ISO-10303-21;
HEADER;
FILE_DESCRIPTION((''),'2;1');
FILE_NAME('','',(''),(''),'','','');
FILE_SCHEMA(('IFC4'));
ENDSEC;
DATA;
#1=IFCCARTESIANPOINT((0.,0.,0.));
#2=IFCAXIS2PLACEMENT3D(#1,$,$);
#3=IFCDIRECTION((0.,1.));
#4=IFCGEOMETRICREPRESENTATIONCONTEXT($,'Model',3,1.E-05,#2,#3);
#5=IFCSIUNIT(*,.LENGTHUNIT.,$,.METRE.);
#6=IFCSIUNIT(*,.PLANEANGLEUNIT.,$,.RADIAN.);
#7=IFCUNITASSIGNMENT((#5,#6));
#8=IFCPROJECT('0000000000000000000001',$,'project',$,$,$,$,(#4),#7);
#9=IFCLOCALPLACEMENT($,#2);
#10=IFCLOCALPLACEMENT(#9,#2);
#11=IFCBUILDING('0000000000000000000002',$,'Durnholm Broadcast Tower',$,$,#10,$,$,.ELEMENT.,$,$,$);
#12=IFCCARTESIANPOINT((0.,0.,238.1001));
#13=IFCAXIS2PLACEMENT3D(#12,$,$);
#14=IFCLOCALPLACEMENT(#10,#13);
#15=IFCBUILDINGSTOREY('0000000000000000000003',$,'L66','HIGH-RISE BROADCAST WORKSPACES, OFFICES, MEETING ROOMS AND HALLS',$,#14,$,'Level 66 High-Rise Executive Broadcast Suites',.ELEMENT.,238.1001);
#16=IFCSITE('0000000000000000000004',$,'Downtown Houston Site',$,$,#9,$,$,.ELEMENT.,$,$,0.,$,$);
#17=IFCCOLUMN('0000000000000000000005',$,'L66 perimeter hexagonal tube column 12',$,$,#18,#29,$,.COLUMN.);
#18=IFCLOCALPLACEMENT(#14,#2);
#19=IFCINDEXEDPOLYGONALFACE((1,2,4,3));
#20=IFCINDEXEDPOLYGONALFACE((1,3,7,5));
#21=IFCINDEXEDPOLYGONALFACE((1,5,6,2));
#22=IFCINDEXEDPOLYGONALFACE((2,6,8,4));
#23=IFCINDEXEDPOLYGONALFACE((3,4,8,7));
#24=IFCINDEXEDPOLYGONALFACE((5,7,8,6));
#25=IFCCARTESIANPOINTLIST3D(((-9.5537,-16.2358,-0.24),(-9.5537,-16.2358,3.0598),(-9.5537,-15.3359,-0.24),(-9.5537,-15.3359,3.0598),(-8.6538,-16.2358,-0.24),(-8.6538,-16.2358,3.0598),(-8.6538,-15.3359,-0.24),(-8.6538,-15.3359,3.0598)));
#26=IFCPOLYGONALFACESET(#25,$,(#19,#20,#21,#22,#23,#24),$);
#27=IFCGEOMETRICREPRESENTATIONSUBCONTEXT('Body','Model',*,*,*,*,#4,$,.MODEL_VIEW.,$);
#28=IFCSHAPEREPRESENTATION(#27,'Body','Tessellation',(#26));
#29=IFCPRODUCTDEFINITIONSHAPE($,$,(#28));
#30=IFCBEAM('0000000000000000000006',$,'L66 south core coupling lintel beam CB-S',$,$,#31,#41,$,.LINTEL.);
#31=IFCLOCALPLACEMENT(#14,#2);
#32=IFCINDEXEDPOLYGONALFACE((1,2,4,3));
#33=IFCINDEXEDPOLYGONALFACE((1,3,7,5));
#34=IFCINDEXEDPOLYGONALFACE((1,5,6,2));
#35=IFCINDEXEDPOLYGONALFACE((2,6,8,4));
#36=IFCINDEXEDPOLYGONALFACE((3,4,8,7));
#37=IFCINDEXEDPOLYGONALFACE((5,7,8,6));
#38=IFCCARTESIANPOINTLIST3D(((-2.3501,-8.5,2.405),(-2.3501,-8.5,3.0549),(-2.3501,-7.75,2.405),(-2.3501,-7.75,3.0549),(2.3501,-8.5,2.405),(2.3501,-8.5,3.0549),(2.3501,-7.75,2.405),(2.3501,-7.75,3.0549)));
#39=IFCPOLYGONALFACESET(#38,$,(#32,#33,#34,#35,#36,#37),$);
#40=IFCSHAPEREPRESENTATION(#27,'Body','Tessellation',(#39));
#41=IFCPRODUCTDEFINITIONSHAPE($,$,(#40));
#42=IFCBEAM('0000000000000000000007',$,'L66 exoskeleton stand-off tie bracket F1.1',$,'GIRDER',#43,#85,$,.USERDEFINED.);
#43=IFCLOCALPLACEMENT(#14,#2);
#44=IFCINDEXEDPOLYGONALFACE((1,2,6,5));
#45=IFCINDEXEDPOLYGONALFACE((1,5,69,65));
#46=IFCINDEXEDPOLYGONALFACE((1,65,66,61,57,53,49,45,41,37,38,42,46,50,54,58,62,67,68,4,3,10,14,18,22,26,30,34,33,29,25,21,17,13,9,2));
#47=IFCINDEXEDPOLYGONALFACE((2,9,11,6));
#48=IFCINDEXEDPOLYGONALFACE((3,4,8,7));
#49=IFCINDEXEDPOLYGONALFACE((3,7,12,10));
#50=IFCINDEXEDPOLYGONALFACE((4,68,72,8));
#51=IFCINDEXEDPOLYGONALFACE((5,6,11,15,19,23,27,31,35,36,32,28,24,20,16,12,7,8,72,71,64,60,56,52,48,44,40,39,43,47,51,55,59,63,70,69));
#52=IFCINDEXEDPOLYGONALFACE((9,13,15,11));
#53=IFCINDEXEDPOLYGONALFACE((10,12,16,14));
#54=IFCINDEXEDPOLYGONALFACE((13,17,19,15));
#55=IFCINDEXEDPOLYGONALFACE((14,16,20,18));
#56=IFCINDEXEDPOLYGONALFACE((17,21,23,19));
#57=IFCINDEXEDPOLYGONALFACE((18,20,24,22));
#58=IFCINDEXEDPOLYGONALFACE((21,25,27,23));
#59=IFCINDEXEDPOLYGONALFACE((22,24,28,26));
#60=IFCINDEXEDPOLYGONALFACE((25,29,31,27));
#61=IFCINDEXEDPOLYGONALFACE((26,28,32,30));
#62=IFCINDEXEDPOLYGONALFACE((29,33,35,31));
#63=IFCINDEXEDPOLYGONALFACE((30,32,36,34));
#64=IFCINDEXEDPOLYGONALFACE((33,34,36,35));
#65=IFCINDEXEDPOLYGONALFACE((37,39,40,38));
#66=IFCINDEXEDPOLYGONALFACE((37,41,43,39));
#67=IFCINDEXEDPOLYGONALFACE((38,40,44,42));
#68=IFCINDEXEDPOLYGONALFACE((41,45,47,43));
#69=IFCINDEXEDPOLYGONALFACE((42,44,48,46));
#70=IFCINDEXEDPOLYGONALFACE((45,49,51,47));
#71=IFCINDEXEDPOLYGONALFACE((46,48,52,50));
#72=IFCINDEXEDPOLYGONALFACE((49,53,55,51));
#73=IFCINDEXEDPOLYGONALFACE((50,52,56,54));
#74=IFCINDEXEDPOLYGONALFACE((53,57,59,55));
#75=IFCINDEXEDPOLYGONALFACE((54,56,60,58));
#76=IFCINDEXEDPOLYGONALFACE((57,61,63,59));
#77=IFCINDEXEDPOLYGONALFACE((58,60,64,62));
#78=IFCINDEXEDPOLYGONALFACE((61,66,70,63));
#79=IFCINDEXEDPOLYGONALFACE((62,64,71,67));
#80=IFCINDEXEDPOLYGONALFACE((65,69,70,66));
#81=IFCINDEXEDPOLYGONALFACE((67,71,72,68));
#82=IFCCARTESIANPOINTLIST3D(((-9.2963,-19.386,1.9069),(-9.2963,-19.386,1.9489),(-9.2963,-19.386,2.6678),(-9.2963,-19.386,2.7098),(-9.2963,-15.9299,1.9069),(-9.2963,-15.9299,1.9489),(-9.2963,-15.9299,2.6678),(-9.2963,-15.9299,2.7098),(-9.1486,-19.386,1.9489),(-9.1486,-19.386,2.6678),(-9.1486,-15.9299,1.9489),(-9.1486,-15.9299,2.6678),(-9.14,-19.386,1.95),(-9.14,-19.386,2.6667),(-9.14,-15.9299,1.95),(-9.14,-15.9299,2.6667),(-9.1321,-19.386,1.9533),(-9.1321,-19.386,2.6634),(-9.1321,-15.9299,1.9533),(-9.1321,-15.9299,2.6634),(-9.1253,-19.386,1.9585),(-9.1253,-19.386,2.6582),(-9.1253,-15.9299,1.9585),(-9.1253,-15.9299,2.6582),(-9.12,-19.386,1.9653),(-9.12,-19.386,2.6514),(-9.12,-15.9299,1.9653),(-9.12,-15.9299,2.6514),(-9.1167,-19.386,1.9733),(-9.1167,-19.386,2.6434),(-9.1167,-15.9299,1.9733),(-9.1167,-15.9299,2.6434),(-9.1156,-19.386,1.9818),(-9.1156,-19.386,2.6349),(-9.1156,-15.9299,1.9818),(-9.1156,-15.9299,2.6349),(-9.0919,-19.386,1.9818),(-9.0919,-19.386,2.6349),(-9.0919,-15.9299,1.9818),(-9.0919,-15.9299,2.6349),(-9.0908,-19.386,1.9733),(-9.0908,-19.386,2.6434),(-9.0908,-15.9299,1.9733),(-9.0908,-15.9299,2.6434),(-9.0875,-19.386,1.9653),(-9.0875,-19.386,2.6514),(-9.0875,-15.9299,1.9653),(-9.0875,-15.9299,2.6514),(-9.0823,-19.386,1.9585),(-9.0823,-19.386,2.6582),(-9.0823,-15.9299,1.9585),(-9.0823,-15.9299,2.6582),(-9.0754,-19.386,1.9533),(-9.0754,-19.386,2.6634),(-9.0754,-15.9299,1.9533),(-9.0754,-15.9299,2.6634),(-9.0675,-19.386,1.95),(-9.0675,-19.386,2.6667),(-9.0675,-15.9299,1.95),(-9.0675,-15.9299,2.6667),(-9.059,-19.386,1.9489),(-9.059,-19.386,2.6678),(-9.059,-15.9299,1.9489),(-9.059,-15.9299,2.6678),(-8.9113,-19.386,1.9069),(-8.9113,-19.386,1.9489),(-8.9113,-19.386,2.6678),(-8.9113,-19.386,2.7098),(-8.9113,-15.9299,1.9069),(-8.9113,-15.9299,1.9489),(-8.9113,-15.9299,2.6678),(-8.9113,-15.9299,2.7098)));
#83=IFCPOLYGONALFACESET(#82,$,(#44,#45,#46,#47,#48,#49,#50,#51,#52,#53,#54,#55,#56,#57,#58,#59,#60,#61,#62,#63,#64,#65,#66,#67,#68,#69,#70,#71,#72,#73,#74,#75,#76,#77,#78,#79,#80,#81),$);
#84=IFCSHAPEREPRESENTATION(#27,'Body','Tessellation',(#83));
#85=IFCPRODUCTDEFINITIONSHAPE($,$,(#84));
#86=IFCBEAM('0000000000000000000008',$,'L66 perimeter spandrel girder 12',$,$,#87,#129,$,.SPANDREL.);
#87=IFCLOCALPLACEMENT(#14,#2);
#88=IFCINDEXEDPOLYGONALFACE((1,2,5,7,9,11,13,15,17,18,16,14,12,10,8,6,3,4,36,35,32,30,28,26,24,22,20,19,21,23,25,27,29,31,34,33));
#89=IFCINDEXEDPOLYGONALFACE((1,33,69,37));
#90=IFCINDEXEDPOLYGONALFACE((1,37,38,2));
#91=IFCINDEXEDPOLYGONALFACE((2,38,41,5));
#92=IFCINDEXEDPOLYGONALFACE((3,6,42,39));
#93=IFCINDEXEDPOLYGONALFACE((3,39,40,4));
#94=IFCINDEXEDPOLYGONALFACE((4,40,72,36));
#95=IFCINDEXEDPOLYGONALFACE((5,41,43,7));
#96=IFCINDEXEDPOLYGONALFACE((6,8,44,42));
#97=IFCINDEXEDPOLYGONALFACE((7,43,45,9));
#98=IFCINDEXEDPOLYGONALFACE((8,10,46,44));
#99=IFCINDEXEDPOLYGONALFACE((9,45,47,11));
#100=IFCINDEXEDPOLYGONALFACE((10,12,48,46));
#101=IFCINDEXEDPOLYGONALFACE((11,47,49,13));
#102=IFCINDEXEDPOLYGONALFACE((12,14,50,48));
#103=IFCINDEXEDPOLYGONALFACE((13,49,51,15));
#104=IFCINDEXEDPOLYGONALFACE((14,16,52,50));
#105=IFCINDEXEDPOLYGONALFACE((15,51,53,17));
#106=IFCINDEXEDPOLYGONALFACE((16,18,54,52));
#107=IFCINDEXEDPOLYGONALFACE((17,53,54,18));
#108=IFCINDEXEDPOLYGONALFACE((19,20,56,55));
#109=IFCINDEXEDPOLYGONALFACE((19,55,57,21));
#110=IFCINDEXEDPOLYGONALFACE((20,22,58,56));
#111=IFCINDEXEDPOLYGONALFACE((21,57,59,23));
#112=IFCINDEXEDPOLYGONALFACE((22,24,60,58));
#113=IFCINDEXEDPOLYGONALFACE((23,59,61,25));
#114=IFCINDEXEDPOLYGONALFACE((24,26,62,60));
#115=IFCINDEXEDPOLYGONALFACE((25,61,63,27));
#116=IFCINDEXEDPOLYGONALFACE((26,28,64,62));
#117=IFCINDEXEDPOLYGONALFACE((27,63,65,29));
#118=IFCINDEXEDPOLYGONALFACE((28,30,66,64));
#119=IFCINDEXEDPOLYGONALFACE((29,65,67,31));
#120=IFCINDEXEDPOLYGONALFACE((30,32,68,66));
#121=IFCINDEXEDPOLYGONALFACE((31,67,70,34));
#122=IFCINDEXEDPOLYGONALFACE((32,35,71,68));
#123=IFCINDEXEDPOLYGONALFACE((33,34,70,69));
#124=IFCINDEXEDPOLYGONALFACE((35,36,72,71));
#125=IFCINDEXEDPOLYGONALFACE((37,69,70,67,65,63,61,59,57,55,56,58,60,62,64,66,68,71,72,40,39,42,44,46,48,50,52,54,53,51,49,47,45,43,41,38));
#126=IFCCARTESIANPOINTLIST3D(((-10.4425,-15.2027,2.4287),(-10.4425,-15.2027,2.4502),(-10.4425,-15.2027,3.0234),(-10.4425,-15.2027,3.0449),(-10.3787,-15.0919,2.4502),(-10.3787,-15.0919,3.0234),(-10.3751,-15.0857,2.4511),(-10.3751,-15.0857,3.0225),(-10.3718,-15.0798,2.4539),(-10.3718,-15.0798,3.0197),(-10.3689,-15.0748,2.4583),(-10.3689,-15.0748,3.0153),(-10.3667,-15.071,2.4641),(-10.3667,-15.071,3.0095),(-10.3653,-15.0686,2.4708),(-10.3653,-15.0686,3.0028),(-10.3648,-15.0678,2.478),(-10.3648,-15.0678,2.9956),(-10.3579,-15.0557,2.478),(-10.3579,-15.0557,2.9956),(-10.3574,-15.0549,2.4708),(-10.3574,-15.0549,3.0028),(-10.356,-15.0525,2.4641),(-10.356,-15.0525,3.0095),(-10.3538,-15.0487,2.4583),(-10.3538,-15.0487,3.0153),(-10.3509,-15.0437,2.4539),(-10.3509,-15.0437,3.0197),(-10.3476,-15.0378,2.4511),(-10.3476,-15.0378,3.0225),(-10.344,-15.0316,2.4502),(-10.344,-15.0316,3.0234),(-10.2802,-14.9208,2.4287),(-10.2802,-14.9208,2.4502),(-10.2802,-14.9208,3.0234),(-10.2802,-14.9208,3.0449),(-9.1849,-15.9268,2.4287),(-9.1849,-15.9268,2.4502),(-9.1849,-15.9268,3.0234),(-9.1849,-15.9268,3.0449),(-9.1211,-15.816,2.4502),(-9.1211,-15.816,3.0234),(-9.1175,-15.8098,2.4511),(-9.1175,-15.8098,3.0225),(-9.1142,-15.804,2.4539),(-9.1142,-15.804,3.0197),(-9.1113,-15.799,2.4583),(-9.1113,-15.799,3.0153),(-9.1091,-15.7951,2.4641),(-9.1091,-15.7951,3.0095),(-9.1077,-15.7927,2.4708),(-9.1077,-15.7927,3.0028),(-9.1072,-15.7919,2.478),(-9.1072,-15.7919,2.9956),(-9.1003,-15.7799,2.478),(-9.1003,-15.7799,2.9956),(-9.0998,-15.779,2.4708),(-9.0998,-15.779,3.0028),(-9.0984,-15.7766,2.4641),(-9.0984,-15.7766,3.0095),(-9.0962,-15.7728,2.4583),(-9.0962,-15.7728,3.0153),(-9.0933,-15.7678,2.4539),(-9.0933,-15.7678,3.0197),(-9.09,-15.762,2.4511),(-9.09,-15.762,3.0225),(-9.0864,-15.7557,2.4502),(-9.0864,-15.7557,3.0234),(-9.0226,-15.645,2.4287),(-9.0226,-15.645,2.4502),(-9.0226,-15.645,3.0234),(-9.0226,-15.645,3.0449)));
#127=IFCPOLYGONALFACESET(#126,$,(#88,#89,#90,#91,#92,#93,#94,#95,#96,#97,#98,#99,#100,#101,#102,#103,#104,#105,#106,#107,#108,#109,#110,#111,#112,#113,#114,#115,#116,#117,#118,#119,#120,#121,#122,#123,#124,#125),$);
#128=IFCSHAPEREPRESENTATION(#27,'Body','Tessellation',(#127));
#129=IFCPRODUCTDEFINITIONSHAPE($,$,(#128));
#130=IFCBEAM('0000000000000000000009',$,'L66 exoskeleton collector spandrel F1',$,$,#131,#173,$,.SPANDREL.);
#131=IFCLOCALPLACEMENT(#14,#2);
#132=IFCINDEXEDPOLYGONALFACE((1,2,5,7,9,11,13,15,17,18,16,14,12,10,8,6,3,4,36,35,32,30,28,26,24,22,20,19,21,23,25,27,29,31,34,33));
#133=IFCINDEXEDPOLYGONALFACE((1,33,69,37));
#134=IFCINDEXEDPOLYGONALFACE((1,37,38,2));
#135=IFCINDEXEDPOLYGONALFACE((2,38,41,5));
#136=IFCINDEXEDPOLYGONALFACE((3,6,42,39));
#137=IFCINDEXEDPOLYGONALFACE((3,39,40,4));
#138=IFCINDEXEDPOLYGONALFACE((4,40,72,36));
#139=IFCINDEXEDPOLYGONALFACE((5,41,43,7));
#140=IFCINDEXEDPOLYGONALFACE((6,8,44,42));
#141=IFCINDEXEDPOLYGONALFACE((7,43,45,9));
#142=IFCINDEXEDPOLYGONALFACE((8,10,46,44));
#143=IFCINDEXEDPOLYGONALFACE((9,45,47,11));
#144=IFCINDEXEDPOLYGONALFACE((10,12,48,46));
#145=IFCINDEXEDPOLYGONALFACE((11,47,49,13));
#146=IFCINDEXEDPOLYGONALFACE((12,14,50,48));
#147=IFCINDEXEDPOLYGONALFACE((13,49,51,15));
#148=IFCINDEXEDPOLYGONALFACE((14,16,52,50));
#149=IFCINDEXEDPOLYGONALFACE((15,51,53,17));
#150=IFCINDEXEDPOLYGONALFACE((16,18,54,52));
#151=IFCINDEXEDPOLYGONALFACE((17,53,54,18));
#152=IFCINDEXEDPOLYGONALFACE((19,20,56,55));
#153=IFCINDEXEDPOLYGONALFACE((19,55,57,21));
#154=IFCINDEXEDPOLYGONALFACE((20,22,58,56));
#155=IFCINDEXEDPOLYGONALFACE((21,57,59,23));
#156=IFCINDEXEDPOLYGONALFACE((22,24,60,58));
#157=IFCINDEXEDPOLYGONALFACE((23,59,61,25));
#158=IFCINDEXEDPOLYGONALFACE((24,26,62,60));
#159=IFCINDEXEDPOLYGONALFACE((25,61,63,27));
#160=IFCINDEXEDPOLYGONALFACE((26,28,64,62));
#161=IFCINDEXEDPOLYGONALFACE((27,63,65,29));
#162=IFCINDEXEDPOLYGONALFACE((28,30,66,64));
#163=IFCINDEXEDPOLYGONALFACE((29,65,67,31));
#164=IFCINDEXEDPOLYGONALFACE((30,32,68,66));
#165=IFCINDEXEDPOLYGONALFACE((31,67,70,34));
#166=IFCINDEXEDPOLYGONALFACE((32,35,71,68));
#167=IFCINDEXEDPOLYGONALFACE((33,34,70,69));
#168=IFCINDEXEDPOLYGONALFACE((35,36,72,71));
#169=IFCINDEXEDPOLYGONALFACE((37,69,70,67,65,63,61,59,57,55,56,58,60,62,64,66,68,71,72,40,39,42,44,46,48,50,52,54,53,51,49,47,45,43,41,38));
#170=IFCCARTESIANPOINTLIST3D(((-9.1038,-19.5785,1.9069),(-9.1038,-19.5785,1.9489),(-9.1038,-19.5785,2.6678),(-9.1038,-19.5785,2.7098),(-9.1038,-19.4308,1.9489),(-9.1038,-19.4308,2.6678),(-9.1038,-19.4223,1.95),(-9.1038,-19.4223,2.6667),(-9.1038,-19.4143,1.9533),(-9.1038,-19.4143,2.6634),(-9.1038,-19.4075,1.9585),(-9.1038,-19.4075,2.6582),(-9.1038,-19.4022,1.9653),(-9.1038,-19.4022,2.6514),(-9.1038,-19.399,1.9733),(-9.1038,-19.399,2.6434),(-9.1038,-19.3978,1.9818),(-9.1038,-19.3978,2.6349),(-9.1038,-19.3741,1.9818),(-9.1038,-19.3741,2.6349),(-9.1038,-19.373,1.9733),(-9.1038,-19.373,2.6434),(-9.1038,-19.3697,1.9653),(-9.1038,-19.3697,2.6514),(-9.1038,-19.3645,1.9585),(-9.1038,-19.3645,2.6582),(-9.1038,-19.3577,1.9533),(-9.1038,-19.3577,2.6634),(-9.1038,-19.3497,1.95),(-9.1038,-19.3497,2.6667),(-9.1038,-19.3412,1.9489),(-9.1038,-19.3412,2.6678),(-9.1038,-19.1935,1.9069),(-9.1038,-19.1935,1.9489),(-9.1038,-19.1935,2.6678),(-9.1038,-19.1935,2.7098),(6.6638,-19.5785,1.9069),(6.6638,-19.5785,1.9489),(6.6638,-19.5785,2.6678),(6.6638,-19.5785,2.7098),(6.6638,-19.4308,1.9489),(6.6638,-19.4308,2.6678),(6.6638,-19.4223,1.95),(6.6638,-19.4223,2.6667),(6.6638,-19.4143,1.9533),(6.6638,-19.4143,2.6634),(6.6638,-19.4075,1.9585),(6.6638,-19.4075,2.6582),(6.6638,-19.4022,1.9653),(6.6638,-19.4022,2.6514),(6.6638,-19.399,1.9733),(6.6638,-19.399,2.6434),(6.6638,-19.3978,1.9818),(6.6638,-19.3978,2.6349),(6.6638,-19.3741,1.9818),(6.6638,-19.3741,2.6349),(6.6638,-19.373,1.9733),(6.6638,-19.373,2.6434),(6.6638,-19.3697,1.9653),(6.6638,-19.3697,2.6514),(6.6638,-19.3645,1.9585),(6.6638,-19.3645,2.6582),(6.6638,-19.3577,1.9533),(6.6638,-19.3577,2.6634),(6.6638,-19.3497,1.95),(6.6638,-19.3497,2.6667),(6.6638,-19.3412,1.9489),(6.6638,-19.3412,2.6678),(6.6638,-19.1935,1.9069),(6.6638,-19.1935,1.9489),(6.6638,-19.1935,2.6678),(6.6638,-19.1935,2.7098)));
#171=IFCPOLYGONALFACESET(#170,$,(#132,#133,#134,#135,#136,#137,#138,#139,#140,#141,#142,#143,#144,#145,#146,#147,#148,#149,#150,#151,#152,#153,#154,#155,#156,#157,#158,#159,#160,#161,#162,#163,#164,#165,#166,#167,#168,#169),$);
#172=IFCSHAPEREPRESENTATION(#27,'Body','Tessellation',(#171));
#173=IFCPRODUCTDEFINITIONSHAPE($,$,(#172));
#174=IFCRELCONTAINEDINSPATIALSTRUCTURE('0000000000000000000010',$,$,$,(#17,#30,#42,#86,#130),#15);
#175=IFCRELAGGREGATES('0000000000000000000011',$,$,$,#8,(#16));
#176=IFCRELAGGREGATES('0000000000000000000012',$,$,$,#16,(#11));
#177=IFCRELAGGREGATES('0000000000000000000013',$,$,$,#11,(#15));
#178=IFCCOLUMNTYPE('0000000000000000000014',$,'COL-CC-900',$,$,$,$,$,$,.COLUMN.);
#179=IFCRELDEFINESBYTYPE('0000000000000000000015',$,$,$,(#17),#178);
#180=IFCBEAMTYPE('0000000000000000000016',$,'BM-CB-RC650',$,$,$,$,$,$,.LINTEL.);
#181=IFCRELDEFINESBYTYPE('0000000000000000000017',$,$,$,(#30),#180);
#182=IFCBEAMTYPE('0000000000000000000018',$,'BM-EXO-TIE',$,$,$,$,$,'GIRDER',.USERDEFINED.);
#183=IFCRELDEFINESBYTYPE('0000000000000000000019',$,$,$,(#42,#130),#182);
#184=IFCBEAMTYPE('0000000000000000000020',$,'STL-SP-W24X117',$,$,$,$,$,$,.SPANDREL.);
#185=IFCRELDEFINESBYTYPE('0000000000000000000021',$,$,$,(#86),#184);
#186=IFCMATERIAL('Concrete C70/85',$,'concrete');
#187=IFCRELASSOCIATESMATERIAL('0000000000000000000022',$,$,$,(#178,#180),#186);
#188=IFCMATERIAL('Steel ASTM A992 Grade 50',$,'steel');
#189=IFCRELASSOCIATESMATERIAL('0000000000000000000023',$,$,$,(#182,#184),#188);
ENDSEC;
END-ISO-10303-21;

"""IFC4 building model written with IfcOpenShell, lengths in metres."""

from ifc_helpers import new_model, si_unit, direction, frame, origin, origin_2d, place, context, subcontext, project, spatial, rectangle, i_section, extrude, source, transform, mapped, material, material_profile, profile_set, type_object, type_shapes, element, save


model = new_model("IFC4")

# Units and contexts
model_context = context("Model", 3, precision=1e-05, world=origin(), true_north=direction((0.0, 1.0)))
body_context = subcontext(model_context, "Body", "Model", "MODEL_VIEW")
ifc_project = project(units=[si_unit("LENGTHUNIT", "METRE"), si_unit("PLANEANGLEUNIT", "RADIAN")], contexts=[model_context])

# Site, building, storey
site_placement = place(None, origin())
site = spatial("IfcSite", under=ifc_project, at=site_placement, Name="Downtown Houston Site", CompositionType="ELEMENT", RefElevation=0.0)
building_placement = place(site_placement, origin())
building = spatial("IfcBuilding", under=site, at=building_placement, Name="Durnholm Broadcast Tower", CompositionType="ELEMENT")
storey_placement = place(building_placement, frame((0.0, 0.0, 238.1001)))
storey = spatial("IfcBuildingStorey", under=building, at=storey_placement, Name="L66", Description="HIGH-RISE BROADCAST WORKSPACES, OFFICES, MEETING ROOMS AND HALLS", LongName="Level 66 High-Rise Executive Broadcast Suites", CompositionType="ELEMENT", Elevation=238.1001)

# Column
ifc_material_1 = material(Name="Concrete C70/85", Category="concrete")
ifc_material_profile_1 = material_profile(ifc_material_1, rectangle(XDim=0.8999, YDim=0.8999, at=origin_2d()), Name="RC900X900")
ifc_profile_set_1 = profile_set([ifc_material_profile_1], Name="Concrete C70/85")
column_type = type_object("IfcColumnType", Name="COL-CC-900", PredefinedType="COLUMN", material=ifc_profile_set_1)
shared_shape_1 = source(origin(), body_context, "Body", "SweptSolid", [
    extrude(rectangle(XDim=0.8999, YDim=0.8999, at=origin_2d()), origin(), (0.0, 0.0, 1.0), 3.2998),
])
type_shapes(column_type, [shared_shape_1])
column_placement = place(storey_placement, frame((-9.1038, -15.7859, -0.24), z_axis=(0.0, 0.0, 1.0), x_axis=(1.0, 0.0, 0.0)))
element("IfcColumn", 1, at=column_placement, inside=storey, type_object=column_type, Name="L66 perimeter hexagonal tube column 12", PredefinedType="COLUMN", context=body_context, shape_type="MappedRepresentation", body=[
    mapped(shared_shape_1, transform((0.0, 0.0, 0.0), x_axis=(1.0, 0.0, 0.0), y_axis=(0.0, 1.0, 0.0), z_axis=(0.0, 0.0, 1.0), scale=1.0)),
])

# Beams
ifc_material_profile_2 = material_profile(ifc_material_1, rectangle(XDim=0.75, YDim=0.6499, at=origin_2d()), Name="RC750X650")
ifc_profile_set_2 = profile_set([ifc_material_profile_2], Name="Concrete C70/85")
beam_type_1 = type_object("IfcBeamType", Name="BM-CB-RC650", PredefinedType="LINTEL", material=ifc_profile_set_2)
shared_shape_2 = source(origin(), body_context, "Body", "SweptSolid", [
    extrude(rectangle(XDim=0.75, YDim=0.6499, at=origin_2d()), origin(), (0.0, 0.0, 1.0), 4.7002),
])
type_shapes(beam_type_1, [shared_shape_2])
beam_1_placement = place(storey_placement, frame((-2.3501, -8.125, 2.73), z_axis=(1.0, 0.0, 0.0), x_axis=(0.0, 1.0, 0.0)))
element("IfcBeam", 2, at=beam_1_placement, inside=storey, type_object=beam_type_1, Name="L66 south core coupling lintel beam CB-S", PredefinedType="LINTEL", context=body_context, shape_type="MappedRepresentation", body=[
    mapped(shared_shape_2, transform((0.0, 0.0, 0.0), x_axis=(1.0, 0.0, 0.0), y_axis=(0.0, 1.0, 0.0), z_axis=(0.0, 0.0, 1.0), scale=1.0)),
])
ifc_material_2 = material(Name="Steel ASTM A992 Grade 50", Category="steel")
ifc_material_profile_3 = material_profile(ifc_material_2, i_section(OverallWidth=0.385, OverallDepth=0.803, WebThickness=0.0237, FlangeThickness=0.042, FilletRadius=0.033, at=origin_2d()), Name="W30X261")
ifc_profile_set_3 = profile_set([ifc_material_profile_3], Name="Steel ASTM A992 Grade 50")
beam_type_2 = type_object("IfcBeamType", Name="BM-EXO-TIE", ElementType="GIRDER", PredefinedType="USERDEFINED", material=ifc_profile_set_3)
shared_shape_3 = source(origin(), body_context, "Body", "SweptSolid", [
    extrude(i_section(OverallWidth=0.385, OverallDepth=0.803, WebThickness=0.0237, FlangeThickness=0.042, FilletRadius=0.033, at=origin_2d()), origin(), (0.0, 0.0, 1.0), 3.4561),
])
beam_2_placement = place(storey_placement, frame((-9.1038, -15.9299, 2.3083), z_axis=(0.0, -1.0, 0.0), x_axis=(1.0, 0.0, 0.0)))
element("IfcBeam", 3, at=beam_2_placement, inside=storey, type_object=beam_type_2, Name="L66 exoskeleton stand-off tie bracket F1.1", ObjectType="GIRDER", PredefinedType="USERDEFINED", context=body_context, shape_type="MappedRepresentation", body=[
    mapped(shared_shape_3, transform((0.0, 0.0, 0.0), x_axis=(1.0, 0.0, 0.0), y_axis=(0.0, 1.0, 0.0), z_axis=(0.0, 0.0, 1.0), scale=1.0)),
])
ifc_material_profile_4 = material_profile(ifc_material_2, i_section(OverallWidth=0.3252, OverallDepth=0.6162, WebThickness=0.0139, FlangeThickness=0.0215, FilletRadius=0.0278, at=origin_2d()), Name="W24X117")
ifc_profile_set_4 = profile_set([ifc_material_profile_4], Name="Steel ASTM A992 Grade 50")
beam_type_3 = type_object("IfcBeamType", Name="STL-SP-W24X117", PredefinedType="SPANDREL", material=ifc_profile_set_4)
shared_shape_4 = source(origin(), body_context, "Body", "SweptSolid", [
    extrude(i_section(OverallWidth=0.3252, OverallDepth=0.6162, WebThickness=0.0139, FlangeThickness=0.0215, FilletRadius=0.0278, at=origin_2d()), origin(), (0.0, 0.0, 1.0), 1.4512),
])
type_shapes(beam_type_3, [shared_shape_4])
beam_3_placement = place(storey_placement, frame((-9.1038, -15.7859, 2.7368), z_axis=(-0.866603, 0.498999, 0.0), x_axis=(-0.498999, -0.866603, 0.0)))
element("IfcBeam", 4, at=beam_3_placement, inside=storey, type_object=beam_type_3, Name="L66 perimeter spandrel girder 12", PredefinedType="SPANDREL", context=body_context, shape_type="MappedRepresentation", body=[
    mapped(shared_shape_4, transform((0.0, 0.0, 0.0), x_axis=(1.0, 0.0, 0.0), y_axis=(0.0, 1.0, 0.0), z_axis=(0.0, 0.0, 1.0), scale=1.0)),
])
shared_shape_5 = source(origin(), body_context, "Body", "SweptSolid", [
    extrude(i_section(OverallWidth=0.385, OverallDepth=0.803, WebThickness=0.0237, FlangeThickness=0.042, FilletRadius=0.033, at=origin_2d()), origin(), (0.0, 0.0, 1.0), 15.7676),
])
type_shapes(beam_type_2, [shared_shape_3, shared_shape_5])
beam_4_placement = place(storey_placement, frame((-9.1038, -19.386, 2.3083), z_axis=(1.0, 0.0, 0.0), x_axis=(0.0, 1.0, 0.0)))
element("IfcBeam", 5, at=beam_4_placement, inside=storey, type_object=beam_type_2, Name="L66 exoskeleton collector spandrel F1", PredefinedType="SPANDREL", context=body_context, shape_type="MappedRepresentation", body=[
    mapped(shared_shape_5, transform((0.0, 0.0, 0.0), x_axis=(1.0, 0.0, 0.0), y_axis=(0.0, 1.0, 0.0), z_axis=(0.0, 0.0, 1.0), scale=1.0)),
])

save(model, "model.ifc")
